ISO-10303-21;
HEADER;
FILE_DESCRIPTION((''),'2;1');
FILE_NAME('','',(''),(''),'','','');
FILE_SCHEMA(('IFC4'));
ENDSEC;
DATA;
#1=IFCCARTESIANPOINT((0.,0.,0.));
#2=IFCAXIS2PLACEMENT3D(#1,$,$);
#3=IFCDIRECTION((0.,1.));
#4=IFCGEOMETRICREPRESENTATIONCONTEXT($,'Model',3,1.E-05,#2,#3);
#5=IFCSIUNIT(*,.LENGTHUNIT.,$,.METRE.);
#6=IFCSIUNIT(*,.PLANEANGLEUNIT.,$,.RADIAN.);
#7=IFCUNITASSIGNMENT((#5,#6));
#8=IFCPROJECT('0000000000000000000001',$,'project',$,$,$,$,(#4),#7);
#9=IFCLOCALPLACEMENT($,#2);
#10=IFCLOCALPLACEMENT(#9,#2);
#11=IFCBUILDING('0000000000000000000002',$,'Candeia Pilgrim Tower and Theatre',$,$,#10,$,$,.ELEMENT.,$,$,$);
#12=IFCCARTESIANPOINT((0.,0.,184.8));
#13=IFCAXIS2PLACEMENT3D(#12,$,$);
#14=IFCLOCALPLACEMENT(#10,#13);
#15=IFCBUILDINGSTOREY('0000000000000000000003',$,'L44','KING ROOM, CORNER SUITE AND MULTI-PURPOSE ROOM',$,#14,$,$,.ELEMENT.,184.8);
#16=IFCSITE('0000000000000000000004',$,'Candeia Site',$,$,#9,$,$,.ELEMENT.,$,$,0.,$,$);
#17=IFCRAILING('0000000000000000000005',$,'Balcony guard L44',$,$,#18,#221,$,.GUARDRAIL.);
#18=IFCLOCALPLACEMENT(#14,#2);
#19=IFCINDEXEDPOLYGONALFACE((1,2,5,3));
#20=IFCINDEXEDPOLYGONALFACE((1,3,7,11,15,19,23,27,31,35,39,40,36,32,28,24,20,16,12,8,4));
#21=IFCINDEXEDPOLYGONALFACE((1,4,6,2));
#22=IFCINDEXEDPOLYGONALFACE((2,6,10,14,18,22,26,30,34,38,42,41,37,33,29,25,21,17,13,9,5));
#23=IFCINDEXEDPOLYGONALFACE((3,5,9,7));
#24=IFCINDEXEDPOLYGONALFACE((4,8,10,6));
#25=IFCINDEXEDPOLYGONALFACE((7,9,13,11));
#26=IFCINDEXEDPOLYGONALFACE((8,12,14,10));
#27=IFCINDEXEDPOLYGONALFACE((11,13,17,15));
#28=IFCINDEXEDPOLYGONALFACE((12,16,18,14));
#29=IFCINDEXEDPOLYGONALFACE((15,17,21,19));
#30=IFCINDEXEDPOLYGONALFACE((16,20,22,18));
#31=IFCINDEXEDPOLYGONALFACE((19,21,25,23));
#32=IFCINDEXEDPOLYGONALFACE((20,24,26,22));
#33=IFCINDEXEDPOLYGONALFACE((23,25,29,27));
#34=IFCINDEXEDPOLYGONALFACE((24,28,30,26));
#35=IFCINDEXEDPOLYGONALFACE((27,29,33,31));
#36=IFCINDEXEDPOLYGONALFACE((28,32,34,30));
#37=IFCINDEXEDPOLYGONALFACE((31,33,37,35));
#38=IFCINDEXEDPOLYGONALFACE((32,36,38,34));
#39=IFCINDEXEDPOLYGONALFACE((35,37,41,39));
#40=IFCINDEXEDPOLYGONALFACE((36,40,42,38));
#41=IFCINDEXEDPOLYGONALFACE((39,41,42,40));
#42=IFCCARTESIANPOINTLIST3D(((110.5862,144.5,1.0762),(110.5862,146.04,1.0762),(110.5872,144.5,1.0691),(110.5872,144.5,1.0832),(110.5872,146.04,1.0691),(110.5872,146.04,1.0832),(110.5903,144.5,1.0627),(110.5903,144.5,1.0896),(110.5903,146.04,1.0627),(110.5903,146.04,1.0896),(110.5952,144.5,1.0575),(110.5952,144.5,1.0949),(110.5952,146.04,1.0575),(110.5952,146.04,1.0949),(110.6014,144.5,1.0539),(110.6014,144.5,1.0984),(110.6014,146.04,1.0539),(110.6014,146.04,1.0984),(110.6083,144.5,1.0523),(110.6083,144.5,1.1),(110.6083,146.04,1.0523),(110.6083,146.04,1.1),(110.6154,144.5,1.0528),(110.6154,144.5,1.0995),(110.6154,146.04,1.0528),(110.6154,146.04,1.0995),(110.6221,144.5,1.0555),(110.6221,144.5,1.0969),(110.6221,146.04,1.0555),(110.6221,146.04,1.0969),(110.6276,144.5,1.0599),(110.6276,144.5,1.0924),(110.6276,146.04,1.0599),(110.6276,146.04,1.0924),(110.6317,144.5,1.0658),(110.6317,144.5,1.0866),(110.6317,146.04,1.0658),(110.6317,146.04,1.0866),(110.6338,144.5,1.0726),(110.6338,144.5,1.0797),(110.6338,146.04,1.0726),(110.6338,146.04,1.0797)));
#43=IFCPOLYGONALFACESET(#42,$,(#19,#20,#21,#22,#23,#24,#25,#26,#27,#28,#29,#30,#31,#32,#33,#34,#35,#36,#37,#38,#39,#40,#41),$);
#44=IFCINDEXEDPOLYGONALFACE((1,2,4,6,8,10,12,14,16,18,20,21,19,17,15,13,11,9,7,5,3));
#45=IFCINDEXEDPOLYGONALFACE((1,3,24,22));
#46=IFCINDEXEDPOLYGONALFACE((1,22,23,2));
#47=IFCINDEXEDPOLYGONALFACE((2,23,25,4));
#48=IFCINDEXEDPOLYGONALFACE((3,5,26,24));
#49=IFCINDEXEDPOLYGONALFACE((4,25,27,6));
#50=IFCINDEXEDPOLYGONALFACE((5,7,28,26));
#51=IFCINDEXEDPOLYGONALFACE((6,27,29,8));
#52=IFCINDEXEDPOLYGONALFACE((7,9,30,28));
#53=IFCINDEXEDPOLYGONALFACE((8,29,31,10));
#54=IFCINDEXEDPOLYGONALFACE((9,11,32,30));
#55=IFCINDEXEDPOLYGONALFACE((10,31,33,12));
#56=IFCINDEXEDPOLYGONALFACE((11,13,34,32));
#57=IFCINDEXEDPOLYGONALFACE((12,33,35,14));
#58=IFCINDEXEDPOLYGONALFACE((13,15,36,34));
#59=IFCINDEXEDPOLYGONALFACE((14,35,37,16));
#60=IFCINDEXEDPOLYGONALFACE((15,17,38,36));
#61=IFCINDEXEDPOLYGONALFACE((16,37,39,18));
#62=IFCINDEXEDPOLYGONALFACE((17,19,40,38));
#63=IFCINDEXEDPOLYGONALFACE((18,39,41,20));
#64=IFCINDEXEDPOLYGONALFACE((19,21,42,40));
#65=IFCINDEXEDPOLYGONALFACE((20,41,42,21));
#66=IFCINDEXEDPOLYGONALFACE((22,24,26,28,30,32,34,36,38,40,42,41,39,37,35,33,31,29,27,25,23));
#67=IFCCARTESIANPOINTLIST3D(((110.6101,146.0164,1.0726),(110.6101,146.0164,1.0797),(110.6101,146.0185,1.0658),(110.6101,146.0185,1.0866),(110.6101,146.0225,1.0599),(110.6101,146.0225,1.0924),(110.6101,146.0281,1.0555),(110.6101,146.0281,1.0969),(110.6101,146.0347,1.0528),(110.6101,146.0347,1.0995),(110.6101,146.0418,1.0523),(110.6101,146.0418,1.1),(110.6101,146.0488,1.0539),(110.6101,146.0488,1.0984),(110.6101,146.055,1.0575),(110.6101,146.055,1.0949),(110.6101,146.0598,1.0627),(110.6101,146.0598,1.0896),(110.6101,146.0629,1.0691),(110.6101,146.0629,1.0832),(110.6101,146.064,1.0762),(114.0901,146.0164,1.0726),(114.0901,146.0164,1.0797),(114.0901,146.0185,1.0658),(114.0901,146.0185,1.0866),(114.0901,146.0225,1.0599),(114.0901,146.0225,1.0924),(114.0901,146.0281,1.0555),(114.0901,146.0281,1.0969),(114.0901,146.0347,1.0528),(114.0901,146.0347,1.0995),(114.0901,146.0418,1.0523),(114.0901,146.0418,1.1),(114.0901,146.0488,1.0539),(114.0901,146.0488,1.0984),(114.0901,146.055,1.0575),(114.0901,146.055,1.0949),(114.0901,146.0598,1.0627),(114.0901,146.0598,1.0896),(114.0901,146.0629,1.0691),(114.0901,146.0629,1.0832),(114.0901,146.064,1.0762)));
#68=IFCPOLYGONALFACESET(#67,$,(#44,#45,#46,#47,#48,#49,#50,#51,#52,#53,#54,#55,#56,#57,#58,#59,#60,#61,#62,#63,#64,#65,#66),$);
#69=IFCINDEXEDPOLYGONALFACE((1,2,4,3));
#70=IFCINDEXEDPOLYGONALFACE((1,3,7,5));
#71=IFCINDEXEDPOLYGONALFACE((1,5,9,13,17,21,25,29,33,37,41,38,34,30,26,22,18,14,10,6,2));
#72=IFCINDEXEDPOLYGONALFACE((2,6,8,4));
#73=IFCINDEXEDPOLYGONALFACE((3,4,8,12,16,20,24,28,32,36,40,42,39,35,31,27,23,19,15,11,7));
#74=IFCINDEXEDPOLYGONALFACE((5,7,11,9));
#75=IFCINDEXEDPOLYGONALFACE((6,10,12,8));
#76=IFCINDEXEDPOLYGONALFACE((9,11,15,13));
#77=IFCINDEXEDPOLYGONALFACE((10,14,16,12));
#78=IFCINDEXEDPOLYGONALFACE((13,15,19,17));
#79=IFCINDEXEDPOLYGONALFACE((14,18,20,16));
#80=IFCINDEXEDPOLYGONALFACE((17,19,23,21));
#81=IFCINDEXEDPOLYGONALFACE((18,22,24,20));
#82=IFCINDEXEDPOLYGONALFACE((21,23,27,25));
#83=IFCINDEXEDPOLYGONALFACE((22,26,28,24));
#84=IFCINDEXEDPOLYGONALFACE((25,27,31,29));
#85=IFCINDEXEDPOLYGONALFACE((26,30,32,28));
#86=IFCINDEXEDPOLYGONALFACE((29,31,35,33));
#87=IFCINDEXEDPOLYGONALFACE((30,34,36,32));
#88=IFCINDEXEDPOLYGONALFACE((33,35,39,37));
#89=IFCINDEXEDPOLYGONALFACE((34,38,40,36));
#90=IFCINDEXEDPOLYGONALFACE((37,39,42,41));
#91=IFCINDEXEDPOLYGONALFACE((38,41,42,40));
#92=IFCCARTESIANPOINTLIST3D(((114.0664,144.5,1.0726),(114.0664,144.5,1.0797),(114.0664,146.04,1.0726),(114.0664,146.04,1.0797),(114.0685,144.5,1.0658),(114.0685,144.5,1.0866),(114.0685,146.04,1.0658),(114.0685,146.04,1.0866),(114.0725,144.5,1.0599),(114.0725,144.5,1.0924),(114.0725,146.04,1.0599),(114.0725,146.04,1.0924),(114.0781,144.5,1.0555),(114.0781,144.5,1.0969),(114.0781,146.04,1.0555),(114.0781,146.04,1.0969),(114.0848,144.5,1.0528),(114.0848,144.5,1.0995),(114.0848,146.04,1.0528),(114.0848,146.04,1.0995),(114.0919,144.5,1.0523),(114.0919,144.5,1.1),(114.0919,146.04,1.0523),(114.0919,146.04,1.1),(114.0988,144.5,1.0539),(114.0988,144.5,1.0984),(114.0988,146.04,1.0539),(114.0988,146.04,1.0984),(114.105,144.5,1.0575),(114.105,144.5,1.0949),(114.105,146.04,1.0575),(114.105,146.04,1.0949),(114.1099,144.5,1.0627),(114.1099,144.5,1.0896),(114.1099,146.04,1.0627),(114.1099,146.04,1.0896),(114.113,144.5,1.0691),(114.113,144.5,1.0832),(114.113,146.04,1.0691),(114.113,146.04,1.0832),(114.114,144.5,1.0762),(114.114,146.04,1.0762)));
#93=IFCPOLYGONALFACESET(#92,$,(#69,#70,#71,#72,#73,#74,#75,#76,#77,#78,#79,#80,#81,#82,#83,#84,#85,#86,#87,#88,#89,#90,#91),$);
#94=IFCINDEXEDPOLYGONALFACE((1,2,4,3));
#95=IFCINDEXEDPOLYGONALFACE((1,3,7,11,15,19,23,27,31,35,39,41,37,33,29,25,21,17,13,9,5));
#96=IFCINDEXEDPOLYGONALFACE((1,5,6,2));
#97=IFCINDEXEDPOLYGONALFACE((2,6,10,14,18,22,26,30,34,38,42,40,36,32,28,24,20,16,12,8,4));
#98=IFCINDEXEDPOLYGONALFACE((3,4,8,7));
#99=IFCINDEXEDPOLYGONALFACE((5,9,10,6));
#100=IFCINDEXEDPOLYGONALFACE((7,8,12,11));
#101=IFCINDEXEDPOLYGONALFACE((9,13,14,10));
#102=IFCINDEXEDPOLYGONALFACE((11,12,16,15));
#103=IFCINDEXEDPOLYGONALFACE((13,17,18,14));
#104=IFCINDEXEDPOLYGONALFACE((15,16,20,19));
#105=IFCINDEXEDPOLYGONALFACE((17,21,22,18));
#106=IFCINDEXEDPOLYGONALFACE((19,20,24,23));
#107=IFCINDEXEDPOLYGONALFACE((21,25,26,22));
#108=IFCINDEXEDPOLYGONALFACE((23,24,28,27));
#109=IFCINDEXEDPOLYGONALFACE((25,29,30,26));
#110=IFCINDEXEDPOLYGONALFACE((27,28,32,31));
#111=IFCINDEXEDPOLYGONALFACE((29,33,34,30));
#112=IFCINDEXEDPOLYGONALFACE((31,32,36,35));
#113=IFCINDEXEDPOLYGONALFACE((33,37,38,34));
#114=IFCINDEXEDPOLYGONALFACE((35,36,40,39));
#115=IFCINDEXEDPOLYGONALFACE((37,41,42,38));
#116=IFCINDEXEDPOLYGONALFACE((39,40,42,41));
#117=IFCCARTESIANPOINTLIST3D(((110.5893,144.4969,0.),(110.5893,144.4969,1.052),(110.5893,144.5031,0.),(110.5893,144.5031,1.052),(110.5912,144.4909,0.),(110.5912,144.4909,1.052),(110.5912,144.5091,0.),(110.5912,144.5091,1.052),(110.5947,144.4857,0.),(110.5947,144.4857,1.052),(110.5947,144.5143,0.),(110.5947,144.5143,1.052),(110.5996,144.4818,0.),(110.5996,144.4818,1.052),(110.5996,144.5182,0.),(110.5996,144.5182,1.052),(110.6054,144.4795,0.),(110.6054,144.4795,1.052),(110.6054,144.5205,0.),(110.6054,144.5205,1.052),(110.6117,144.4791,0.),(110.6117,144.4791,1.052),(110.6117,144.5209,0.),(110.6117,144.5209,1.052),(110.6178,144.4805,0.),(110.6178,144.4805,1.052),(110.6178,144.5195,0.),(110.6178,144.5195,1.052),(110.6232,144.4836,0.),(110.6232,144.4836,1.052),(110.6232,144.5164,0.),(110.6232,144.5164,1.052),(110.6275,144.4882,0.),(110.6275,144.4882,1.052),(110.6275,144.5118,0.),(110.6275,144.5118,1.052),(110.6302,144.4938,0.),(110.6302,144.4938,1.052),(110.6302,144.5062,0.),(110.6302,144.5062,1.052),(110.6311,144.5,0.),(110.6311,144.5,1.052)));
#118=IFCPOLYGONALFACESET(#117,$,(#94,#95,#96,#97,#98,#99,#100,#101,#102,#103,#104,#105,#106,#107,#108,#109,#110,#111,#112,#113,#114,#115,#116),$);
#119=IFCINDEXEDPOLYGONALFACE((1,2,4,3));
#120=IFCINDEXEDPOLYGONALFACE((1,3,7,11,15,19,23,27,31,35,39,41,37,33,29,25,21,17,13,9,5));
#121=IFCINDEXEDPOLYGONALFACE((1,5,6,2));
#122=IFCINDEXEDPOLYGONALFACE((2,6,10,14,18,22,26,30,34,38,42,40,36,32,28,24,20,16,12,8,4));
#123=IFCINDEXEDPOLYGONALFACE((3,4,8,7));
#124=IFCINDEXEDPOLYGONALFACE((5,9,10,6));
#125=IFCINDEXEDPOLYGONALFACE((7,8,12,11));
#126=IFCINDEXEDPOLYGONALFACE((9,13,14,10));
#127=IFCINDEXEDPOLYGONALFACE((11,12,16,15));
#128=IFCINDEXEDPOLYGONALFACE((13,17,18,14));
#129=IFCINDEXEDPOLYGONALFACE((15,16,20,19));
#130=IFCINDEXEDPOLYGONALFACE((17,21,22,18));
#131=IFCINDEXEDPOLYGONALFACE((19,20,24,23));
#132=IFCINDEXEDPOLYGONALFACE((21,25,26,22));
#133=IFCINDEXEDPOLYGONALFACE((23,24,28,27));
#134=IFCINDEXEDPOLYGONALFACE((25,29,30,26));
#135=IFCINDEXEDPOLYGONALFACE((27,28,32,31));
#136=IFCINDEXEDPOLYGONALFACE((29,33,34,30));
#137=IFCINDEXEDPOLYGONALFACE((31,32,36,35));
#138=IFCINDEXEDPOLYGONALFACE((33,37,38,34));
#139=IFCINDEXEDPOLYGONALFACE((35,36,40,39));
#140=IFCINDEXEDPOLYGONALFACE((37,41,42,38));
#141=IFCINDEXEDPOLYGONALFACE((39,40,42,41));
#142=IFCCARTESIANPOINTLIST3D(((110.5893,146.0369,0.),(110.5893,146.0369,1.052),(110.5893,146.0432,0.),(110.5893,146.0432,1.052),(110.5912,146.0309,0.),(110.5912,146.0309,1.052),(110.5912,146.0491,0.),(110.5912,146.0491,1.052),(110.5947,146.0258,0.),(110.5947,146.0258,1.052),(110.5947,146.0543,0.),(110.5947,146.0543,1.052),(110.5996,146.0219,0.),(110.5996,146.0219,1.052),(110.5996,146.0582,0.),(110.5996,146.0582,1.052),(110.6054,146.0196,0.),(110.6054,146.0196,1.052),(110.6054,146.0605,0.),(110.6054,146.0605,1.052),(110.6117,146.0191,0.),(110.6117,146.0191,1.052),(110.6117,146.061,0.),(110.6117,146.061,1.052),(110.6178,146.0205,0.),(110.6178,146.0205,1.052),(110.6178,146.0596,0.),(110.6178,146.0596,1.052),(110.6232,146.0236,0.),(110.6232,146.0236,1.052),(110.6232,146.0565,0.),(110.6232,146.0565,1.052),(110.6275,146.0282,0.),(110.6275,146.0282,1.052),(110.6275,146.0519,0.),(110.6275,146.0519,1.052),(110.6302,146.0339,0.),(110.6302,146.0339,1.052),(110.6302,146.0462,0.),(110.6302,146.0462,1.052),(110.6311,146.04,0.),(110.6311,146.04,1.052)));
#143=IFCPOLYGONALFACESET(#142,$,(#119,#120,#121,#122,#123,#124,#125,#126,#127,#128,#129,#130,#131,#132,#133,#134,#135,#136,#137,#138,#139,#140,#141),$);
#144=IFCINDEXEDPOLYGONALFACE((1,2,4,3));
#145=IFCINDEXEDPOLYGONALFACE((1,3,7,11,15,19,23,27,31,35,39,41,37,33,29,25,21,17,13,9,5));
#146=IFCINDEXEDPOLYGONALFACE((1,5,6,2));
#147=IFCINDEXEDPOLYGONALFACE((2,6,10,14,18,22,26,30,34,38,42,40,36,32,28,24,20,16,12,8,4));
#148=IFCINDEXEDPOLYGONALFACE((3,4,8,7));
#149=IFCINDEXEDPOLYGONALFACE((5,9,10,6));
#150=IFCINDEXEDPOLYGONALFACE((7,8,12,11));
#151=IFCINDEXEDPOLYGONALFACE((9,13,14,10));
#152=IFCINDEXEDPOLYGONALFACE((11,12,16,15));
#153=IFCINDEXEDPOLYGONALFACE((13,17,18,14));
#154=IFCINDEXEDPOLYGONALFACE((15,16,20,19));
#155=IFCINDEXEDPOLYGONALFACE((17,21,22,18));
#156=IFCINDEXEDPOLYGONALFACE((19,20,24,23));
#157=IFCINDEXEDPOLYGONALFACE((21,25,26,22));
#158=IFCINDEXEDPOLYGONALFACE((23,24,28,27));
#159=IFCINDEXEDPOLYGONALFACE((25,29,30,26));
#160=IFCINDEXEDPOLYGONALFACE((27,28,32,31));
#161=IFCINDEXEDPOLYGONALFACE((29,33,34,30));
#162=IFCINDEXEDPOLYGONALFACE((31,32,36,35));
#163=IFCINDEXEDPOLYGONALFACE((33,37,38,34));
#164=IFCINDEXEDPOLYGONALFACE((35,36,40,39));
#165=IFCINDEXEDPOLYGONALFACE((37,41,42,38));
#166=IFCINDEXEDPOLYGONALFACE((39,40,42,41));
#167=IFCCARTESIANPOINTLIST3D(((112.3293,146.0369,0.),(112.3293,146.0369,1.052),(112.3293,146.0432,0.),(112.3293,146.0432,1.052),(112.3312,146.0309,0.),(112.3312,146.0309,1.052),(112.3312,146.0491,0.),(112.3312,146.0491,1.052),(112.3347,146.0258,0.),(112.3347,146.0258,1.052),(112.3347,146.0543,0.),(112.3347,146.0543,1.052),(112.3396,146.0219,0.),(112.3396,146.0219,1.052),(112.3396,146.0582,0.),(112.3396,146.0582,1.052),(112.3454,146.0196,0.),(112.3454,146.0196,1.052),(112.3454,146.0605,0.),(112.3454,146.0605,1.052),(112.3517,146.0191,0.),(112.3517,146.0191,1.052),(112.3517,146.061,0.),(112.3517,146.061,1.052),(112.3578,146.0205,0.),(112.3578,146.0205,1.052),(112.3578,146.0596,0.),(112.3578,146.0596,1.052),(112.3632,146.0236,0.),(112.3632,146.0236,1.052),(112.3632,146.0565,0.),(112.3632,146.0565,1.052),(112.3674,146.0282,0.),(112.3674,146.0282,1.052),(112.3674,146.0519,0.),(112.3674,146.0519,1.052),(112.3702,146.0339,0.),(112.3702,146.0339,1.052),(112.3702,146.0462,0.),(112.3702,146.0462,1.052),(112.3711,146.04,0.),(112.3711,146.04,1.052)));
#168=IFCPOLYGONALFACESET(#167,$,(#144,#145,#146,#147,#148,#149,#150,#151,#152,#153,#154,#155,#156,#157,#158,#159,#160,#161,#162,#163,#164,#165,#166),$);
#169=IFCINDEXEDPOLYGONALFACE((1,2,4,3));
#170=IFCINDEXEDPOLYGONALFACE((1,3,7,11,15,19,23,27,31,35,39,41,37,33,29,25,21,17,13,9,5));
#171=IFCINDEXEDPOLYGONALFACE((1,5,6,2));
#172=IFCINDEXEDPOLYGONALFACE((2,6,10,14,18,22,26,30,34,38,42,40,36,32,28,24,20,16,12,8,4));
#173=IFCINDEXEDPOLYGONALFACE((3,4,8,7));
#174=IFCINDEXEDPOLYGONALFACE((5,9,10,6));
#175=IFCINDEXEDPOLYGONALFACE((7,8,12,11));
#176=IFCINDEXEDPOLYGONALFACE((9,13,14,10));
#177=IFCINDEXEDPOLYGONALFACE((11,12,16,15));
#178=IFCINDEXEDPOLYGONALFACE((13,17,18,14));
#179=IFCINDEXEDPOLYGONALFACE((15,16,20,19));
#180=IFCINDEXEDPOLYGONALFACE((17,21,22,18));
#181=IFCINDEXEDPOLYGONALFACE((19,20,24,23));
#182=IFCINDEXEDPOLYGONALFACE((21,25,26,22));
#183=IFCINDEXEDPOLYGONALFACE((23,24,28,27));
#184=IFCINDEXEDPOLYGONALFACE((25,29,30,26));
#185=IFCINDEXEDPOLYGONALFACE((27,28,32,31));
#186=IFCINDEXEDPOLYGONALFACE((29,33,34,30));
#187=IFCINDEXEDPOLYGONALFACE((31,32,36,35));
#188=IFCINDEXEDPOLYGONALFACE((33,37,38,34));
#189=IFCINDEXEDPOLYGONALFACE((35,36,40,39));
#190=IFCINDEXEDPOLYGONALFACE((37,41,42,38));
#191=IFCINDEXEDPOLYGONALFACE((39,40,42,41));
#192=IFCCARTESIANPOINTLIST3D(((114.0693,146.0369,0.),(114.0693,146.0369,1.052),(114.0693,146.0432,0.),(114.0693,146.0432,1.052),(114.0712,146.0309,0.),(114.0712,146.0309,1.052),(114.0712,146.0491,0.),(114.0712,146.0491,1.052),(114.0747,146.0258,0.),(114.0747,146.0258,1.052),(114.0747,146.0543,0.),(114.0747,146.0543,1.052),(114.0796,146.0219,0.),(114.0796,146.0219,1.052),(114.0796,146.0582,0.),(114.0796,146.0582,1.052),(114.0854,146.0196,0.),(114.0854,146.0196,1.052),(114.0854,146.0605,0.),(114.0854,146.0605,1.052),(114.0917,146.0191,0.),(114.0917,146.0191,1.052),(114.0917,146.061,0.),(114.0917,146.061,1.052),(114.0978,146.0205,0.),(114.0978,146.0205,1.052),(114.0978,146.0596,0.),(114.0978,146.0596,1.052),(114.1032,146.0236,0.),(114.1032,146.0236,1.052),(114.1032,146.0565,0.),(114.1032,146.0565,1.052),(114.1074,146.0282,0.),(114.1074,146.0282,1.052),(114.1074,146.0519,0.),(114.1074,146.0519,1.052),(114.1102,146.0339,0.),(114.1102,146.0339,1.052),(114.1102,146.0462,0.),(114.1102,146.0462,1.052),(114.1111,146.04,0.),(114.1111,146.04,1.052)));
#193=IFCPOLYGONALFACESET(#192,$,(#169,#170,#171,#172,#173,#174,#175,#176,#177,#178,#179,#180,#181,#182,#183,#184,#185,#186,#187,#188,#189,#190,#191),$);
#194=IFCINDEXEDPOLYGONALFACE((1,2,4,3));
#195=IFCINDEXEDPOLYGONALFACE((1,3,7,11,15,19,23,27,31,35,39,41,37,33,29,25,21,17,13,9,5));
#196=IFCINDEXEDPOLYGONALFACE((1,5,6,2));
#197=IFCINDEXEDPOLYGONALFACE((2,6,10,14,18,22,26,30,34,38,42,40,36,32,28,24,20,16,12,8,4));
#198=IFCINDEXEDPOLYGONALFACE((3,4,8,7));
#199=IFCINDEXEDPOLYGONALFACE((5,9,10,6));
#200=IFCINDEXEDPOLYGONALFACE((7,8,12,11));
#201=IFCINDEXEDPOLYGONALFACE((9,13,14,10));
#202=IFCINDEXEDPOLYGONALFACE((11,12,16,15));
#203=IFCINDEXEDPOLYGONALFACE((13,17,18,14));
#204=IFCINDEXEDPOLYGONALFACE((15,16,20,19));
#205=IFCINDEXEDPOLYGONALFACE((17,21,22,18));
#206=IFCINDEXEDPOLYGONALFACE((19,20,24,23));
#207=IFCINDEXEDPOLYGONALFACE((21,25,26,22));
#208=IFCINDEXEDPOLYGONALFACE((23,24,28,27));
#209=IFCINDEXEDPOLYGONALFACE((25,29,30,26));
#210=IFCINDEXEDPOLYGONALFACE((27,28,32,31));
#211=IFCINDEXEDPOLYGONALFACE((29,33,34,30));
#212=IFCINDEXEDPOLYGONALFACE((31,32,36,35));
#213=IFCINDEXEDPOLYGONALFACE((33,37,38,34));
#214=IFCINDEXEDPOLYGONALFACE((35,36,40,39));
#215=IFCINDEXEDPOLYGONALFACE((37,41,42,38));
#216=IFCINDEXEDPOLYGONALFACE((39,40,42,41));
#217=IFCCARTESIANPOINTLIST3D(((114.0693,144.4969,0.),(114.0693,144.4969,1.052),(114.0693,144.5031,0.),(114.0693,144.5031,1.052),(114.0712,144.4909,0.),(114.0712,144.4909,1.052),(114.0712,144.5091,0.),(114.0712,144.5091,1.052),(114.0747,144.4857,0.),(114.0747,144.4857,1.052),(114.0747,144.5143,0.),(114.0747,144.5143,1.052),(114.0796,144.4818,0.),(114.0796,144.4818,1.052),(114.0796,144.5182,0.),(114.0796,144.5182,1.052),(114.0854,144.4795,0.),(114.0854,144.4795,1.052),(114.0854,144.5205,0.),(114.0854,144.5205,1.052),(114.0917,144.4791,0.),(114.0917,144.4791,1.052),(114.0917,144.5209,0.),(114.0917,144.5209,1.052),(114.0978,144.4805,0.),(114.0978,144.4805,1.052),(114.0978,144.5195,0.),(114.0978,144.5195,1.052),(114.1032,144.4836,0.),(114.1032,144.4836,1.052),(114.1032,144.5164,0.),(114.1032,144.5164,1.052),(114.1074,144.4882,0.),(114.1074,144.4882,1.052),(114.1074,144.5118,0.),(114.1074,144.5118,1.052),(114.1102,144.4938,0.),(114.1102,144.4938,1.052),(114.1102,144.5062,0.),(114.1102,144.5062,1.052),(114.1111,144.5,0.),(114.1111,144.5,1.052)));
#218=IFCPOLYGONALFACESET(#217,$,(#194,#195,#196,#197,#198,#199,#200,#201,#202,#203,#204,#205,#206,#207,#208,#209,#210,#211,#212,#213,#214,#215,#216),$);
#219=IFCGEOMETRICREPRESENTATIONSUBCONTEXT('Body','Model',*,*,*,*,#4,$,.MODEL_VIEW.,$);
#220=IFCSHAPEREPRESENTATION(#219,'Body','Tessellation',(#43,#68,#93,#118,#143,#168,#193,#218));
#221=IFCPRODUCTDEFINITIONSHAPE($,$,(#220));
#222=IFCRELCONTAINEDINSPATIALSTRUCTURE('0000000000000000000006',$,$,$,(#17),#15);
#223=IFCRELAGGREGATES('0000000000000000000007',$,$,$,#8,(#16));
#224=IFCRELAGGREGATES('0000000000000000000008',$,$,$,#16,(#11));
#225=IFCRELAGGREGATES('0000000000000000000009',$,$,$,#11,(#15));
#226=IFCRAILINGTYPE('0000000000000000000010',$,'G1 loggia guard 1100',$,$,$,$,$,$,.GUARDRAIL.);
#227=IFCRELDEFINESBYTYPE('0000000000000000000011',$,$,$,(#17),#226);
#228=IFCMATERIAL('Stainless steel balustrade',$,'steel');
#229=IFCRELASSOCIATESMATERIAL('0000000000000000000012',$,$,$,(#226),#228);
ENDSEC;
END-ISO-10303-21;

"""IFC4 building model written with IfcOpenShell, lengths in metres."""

from ifc_helpers import new_model, si_unit, direction, frame, origin, origin_2d, place, context, subcontext, project, spatial, circle, extrude, material, type_object, element, save


model = new_model("IFC4")

# Units and contexts
model_context = context("Model", 3, precision=1e-05, world=origin(), true_north=direction((0.0, 1.0)))
body_context = subcontext(model_context, "Body", "Model", "MODEL_VIEW")
ifc_project = project(units=[si_unit("LENGTHUNIT", "METRE"), si_unit("PLANEANGLEUNIT", "RADIAN")], contexts=[model_context])

# Site, building, storey
site_placement = place(None, origin())
site = spatial("IfcSite", under=ifc_project, at=site_placement, Name="Candeia Site", CompositionType="ELEMENT", RefElevation=0.0)
building_placement = place(site_placement, origin())
building = spatial("IfcBuilding", under=site, at=building_placement, Name="Candeia Pilgrim Tower and Theatre", CompositionType="ELEMENT")
storey_placement = place(building_placement, frame((0.0, 0.0, 184.8)))
storey = spatial("IfcBuildingStorey", under=building, at=storey_placement, Name="L44", Description="KING ROOM, CORNER SUITE AND MULTI-PURPOSE ROOM", CompositionType="ELEMENT", Elevation=184.8)

# Railing
ifc_material_1 = material(Name="Stainless steel balustrade", Category="steel")
railing_type = type_object("IfcRailingType", Name="G1 loggia guard 1100", PredefinedType="GUARDRAIL", material=ifc_material_1)
railing_1_placement = place(storey_placement, frame((110.6101, 144.5, 0.0)))
element("IfcRailing", 1, at=railing_1_placement, inside=storey, type_object=railing_type, Name="Balcony guard L44", PredefinedType="GUARDRAIL", context=body_context, shape_type="SweptSolid", body=[
    extrude(circle(Radius=0.0239, at=origin_2d()), frame((0.0, 0.0, 1.0762), z_axis=(0.0, 1.0, 0.0), x_axis=(-1.0, 0.0, 0.0)), (0.0, 0.0, 1.0), 1.54),
    extrude(circle(Radius=0.0239, at=origin_2d()), frame((0.0, 1.54, 1.0762), z_axis=(1.0, 0.0, 0.0), x_axis=(0.0, 1.0, 0.0)), (0.0, 0.0, 1.0), 3.48),
    extrude(circle(Radius=0.0239, at=origin_2d()), frame((3.48, 1.54, 1.0762), z_axis=(0.0, -1.0, 0.0), x_axis=(1.0, 0.0, 0.0)), (0.0, 0.0, 1.0), 1.54),
    extrude(circle(Radius=0.021, at=origin_2d()), origin(), (0.0, 0.0, 1.0), 1.052),
    extrude(circle(Radius=0.021, at=origin_2d()), frame((0.0, 1.54, 0.0)), (0.0, 0.0, 1.0), 1.052),
    extrude(circle(Radius=0.021, at=origin_2d()), frame((1.74, 1.54, 0.0)), (0.0, 0.0, 1.0), 1.052),
    extrude(circle(Radius=0.021, at=origin_2d()), frame((3.48, 1.54, 0.0)), (0.0, 0.0, 1.0), 1.052),
    extrude(circle(Radius=0.021, at=origin_2d()), frame((3.48, 0.0, 0.0)), (0.0, 0.0, 1.0), 1.052),
])

save(model, "model.ifc")
